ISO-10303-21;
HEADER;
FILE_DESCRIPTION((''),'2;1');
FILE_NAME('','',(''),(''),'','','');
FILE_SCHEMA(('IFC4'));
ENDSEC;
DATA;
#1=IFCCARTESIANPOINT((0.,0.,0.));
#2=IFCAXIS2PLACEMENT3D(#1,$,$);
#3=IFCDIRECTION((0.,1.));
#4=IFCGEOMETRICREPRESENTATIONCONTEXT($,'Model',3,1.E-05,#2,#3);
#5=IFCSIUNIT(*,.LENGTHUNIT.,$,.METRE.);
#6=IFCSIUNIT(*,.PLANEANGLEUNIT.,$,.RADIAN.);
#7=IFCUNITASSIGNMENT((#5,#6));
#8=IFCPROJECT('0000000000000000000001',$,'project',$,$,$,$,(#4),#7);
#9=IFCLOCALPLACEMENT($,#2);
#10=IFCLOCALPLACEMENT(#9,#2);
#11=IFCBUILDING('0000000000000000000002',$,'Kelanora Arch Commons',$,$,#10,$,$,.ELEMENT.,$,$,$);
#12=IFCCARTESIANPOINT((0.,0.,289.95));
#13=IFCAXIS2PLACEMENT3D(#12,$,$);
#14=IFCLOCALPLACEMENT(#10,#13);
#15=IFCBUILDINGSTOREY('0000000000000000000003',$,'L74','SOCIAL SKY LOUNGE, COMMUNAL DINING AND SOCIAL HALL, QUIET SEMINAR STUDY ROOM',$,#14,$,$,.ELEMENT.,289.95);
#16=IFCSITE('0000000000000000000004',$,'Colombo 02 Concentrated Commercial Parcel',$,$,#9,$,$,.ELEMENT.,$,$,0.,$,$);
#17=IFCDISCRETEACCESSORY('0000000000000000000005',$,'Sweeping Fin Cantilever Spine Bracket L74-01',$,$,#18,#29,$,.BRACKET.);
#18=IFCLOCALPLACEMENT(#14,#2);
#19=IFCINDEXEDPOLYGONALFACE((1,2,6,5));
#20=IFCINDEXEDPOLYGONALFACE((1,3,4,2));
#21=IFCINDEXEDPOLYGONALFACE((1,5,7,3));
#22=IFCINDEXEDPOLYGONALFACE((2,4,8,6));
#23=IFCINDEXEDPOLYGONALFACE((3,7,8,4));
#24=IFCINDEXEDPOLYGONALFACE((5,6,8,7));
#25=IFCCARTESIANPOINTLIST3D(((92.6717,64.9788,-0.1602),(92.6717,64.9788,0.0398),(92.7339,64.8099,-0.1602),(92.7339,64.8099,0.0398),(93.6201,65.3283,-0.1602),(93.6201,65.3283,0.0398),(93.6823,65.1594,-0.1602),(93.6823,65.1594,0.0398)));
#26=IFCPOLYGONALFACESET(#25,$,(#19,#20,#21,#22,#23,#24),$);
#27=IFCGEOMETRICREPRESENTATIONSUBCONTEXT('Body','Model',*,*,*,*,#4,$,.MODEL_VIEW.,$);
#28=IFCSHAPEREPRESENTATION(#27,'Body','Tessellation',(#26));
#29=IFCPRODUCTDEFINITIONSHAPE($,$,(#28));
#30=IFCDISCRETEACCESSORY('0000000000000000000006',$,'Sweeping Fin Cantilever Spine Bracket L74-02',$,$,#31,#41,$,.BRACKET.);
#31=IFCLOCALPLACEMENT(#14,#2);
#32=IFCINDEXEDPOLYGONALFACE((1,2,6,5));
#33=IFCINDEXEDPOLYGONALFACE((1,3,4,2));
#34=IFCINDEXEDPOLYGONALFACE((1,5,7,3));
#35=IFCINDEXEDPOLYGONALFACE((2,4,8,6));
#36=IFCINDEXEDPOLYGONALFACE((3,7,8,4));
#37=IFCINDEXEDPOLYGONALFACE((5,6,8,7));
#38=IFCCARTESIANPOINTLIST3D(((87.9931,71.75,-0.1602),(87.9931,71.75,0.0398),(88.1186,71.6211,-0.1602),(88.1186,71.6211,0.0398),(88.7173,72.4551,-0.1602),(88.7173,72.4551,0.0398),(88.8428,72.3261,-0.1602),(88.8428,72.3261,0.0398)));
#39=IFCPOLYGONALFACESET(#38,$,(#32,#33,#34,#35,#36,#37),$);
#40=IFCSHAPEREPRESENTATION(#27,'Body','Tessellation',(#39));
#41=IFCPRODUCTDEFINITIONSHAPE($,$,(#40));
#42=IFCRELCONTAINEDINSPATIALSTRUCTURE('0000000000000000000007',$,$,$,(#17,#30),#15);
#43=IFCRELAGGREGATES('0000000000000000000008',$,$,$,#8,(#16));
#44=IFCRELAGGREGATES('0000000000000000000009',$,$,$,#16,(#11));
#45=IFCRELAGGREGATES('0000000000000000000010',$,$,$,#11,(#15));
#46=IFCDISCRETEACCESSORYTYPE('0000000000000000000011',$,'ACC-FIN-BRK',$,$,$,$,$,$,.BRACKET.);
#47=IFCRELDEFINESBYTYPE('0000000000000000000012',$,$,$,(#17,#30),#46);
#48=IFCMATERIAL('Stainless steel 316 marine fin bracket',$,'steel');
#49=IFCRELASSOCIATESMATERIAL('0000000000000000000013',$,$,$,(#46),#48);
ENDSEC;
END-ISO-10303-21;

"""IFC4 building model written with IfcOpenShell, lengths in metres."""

from ifc_helpers import new_model, si_unit, direction, frame, origin, origin_2d, place, context, subcontext, project, spatial, rectangle, extrude, source, transform, mapped, material, type_object, element, save


model = new_model("IFC4")

# Units and contexts
model_context = context("Model", 3, precision=1e-05, world=origin(), true_north=direction((0.0, 1.0)))
body_context = subcontext(model_context, "Body", "Model", "MODEL_VIEW")
ifc_project = project(units=[si_unit("LENGTHUNIT", "METRE"), si_unit("PLANEANGLEUNIT", "RADIAN")], contexts=[model_context])

# Site, building, storey
site_placement = place(None, origin())
site = spatial("IfcSite", under=ifc_project, at=site_placement, Name="Colombo 02 Concentrated Commercial Parcel", CompositionType="ELEMENT", RefElevation=0.0)
building_placement = place(site_placement, origin())
building = spatial("IfcBuilding", under=site, at=building_placement, Name="Kelanora Arch Commons", CompositionType="ELEMENT")
storey_placement = place(building_placement, frame((0.0, 0.0, 289.95)))
storey = spatial("IfcBuildingStorey", under=building, at=storey_placement, Name="L74", Description="SOCIAL SKY LOUNGE, COMMUNAL DINING AND SOCIAL HALL, QUIET SEMINAR STUDY ROOM", CompositionType="ELEMENT", Elevation=289.95)

# Discrete accessories
ifc_material_1 = material(Name="Stainless steel 316 marine fin bracket", Category="steel")
discrete_accessory_type = type_object("IfcDiscreteAccessoryType", Name="ACC-FIN-BRK", PredefinedType="BRACKET", material=ifc_material_1)
shared_shape_1 = source(origin(), body_context, "Body", "SweptSolid", [
    extrude(rectangle(XDim=1.0107, YDim=0.1799, at=origin_2d()), origin(), (0.0, 0.0, 1.0), 0.2),
])
for number, where, z_axis, x_axis, name in (
    (1, (93.177, 65.0691, -0.1602), (0.0, 0.0, 1.0), (0.938312, 0.34579, 0.0), "Sweeping Fin Cantilever Spine Bracket L74-01"),
    (2, (88.418, 72.0381, -0.1602), (0.0, 0.0, 1.0), (0.716545, 0.69754, 0.0), "Sweeping Fin Cantilever Spine Bracket L74-02"),
):
    element("IfcDiscreteAccessory", number, at=place(storey_placement, frame(where, z_axis=z_axis, x_axis=x_axis)), inside=storey, type_object=discrete_accessory_type, Name=name, PredefinedType="BRACKET", context=body_context, shape_type="MappedRepresentation", body=[
        mapped(shared_shape_1, transform((0.0, 0.0, 0.0), scale=1.0)),
    ])

save(model, "model.ifc")
